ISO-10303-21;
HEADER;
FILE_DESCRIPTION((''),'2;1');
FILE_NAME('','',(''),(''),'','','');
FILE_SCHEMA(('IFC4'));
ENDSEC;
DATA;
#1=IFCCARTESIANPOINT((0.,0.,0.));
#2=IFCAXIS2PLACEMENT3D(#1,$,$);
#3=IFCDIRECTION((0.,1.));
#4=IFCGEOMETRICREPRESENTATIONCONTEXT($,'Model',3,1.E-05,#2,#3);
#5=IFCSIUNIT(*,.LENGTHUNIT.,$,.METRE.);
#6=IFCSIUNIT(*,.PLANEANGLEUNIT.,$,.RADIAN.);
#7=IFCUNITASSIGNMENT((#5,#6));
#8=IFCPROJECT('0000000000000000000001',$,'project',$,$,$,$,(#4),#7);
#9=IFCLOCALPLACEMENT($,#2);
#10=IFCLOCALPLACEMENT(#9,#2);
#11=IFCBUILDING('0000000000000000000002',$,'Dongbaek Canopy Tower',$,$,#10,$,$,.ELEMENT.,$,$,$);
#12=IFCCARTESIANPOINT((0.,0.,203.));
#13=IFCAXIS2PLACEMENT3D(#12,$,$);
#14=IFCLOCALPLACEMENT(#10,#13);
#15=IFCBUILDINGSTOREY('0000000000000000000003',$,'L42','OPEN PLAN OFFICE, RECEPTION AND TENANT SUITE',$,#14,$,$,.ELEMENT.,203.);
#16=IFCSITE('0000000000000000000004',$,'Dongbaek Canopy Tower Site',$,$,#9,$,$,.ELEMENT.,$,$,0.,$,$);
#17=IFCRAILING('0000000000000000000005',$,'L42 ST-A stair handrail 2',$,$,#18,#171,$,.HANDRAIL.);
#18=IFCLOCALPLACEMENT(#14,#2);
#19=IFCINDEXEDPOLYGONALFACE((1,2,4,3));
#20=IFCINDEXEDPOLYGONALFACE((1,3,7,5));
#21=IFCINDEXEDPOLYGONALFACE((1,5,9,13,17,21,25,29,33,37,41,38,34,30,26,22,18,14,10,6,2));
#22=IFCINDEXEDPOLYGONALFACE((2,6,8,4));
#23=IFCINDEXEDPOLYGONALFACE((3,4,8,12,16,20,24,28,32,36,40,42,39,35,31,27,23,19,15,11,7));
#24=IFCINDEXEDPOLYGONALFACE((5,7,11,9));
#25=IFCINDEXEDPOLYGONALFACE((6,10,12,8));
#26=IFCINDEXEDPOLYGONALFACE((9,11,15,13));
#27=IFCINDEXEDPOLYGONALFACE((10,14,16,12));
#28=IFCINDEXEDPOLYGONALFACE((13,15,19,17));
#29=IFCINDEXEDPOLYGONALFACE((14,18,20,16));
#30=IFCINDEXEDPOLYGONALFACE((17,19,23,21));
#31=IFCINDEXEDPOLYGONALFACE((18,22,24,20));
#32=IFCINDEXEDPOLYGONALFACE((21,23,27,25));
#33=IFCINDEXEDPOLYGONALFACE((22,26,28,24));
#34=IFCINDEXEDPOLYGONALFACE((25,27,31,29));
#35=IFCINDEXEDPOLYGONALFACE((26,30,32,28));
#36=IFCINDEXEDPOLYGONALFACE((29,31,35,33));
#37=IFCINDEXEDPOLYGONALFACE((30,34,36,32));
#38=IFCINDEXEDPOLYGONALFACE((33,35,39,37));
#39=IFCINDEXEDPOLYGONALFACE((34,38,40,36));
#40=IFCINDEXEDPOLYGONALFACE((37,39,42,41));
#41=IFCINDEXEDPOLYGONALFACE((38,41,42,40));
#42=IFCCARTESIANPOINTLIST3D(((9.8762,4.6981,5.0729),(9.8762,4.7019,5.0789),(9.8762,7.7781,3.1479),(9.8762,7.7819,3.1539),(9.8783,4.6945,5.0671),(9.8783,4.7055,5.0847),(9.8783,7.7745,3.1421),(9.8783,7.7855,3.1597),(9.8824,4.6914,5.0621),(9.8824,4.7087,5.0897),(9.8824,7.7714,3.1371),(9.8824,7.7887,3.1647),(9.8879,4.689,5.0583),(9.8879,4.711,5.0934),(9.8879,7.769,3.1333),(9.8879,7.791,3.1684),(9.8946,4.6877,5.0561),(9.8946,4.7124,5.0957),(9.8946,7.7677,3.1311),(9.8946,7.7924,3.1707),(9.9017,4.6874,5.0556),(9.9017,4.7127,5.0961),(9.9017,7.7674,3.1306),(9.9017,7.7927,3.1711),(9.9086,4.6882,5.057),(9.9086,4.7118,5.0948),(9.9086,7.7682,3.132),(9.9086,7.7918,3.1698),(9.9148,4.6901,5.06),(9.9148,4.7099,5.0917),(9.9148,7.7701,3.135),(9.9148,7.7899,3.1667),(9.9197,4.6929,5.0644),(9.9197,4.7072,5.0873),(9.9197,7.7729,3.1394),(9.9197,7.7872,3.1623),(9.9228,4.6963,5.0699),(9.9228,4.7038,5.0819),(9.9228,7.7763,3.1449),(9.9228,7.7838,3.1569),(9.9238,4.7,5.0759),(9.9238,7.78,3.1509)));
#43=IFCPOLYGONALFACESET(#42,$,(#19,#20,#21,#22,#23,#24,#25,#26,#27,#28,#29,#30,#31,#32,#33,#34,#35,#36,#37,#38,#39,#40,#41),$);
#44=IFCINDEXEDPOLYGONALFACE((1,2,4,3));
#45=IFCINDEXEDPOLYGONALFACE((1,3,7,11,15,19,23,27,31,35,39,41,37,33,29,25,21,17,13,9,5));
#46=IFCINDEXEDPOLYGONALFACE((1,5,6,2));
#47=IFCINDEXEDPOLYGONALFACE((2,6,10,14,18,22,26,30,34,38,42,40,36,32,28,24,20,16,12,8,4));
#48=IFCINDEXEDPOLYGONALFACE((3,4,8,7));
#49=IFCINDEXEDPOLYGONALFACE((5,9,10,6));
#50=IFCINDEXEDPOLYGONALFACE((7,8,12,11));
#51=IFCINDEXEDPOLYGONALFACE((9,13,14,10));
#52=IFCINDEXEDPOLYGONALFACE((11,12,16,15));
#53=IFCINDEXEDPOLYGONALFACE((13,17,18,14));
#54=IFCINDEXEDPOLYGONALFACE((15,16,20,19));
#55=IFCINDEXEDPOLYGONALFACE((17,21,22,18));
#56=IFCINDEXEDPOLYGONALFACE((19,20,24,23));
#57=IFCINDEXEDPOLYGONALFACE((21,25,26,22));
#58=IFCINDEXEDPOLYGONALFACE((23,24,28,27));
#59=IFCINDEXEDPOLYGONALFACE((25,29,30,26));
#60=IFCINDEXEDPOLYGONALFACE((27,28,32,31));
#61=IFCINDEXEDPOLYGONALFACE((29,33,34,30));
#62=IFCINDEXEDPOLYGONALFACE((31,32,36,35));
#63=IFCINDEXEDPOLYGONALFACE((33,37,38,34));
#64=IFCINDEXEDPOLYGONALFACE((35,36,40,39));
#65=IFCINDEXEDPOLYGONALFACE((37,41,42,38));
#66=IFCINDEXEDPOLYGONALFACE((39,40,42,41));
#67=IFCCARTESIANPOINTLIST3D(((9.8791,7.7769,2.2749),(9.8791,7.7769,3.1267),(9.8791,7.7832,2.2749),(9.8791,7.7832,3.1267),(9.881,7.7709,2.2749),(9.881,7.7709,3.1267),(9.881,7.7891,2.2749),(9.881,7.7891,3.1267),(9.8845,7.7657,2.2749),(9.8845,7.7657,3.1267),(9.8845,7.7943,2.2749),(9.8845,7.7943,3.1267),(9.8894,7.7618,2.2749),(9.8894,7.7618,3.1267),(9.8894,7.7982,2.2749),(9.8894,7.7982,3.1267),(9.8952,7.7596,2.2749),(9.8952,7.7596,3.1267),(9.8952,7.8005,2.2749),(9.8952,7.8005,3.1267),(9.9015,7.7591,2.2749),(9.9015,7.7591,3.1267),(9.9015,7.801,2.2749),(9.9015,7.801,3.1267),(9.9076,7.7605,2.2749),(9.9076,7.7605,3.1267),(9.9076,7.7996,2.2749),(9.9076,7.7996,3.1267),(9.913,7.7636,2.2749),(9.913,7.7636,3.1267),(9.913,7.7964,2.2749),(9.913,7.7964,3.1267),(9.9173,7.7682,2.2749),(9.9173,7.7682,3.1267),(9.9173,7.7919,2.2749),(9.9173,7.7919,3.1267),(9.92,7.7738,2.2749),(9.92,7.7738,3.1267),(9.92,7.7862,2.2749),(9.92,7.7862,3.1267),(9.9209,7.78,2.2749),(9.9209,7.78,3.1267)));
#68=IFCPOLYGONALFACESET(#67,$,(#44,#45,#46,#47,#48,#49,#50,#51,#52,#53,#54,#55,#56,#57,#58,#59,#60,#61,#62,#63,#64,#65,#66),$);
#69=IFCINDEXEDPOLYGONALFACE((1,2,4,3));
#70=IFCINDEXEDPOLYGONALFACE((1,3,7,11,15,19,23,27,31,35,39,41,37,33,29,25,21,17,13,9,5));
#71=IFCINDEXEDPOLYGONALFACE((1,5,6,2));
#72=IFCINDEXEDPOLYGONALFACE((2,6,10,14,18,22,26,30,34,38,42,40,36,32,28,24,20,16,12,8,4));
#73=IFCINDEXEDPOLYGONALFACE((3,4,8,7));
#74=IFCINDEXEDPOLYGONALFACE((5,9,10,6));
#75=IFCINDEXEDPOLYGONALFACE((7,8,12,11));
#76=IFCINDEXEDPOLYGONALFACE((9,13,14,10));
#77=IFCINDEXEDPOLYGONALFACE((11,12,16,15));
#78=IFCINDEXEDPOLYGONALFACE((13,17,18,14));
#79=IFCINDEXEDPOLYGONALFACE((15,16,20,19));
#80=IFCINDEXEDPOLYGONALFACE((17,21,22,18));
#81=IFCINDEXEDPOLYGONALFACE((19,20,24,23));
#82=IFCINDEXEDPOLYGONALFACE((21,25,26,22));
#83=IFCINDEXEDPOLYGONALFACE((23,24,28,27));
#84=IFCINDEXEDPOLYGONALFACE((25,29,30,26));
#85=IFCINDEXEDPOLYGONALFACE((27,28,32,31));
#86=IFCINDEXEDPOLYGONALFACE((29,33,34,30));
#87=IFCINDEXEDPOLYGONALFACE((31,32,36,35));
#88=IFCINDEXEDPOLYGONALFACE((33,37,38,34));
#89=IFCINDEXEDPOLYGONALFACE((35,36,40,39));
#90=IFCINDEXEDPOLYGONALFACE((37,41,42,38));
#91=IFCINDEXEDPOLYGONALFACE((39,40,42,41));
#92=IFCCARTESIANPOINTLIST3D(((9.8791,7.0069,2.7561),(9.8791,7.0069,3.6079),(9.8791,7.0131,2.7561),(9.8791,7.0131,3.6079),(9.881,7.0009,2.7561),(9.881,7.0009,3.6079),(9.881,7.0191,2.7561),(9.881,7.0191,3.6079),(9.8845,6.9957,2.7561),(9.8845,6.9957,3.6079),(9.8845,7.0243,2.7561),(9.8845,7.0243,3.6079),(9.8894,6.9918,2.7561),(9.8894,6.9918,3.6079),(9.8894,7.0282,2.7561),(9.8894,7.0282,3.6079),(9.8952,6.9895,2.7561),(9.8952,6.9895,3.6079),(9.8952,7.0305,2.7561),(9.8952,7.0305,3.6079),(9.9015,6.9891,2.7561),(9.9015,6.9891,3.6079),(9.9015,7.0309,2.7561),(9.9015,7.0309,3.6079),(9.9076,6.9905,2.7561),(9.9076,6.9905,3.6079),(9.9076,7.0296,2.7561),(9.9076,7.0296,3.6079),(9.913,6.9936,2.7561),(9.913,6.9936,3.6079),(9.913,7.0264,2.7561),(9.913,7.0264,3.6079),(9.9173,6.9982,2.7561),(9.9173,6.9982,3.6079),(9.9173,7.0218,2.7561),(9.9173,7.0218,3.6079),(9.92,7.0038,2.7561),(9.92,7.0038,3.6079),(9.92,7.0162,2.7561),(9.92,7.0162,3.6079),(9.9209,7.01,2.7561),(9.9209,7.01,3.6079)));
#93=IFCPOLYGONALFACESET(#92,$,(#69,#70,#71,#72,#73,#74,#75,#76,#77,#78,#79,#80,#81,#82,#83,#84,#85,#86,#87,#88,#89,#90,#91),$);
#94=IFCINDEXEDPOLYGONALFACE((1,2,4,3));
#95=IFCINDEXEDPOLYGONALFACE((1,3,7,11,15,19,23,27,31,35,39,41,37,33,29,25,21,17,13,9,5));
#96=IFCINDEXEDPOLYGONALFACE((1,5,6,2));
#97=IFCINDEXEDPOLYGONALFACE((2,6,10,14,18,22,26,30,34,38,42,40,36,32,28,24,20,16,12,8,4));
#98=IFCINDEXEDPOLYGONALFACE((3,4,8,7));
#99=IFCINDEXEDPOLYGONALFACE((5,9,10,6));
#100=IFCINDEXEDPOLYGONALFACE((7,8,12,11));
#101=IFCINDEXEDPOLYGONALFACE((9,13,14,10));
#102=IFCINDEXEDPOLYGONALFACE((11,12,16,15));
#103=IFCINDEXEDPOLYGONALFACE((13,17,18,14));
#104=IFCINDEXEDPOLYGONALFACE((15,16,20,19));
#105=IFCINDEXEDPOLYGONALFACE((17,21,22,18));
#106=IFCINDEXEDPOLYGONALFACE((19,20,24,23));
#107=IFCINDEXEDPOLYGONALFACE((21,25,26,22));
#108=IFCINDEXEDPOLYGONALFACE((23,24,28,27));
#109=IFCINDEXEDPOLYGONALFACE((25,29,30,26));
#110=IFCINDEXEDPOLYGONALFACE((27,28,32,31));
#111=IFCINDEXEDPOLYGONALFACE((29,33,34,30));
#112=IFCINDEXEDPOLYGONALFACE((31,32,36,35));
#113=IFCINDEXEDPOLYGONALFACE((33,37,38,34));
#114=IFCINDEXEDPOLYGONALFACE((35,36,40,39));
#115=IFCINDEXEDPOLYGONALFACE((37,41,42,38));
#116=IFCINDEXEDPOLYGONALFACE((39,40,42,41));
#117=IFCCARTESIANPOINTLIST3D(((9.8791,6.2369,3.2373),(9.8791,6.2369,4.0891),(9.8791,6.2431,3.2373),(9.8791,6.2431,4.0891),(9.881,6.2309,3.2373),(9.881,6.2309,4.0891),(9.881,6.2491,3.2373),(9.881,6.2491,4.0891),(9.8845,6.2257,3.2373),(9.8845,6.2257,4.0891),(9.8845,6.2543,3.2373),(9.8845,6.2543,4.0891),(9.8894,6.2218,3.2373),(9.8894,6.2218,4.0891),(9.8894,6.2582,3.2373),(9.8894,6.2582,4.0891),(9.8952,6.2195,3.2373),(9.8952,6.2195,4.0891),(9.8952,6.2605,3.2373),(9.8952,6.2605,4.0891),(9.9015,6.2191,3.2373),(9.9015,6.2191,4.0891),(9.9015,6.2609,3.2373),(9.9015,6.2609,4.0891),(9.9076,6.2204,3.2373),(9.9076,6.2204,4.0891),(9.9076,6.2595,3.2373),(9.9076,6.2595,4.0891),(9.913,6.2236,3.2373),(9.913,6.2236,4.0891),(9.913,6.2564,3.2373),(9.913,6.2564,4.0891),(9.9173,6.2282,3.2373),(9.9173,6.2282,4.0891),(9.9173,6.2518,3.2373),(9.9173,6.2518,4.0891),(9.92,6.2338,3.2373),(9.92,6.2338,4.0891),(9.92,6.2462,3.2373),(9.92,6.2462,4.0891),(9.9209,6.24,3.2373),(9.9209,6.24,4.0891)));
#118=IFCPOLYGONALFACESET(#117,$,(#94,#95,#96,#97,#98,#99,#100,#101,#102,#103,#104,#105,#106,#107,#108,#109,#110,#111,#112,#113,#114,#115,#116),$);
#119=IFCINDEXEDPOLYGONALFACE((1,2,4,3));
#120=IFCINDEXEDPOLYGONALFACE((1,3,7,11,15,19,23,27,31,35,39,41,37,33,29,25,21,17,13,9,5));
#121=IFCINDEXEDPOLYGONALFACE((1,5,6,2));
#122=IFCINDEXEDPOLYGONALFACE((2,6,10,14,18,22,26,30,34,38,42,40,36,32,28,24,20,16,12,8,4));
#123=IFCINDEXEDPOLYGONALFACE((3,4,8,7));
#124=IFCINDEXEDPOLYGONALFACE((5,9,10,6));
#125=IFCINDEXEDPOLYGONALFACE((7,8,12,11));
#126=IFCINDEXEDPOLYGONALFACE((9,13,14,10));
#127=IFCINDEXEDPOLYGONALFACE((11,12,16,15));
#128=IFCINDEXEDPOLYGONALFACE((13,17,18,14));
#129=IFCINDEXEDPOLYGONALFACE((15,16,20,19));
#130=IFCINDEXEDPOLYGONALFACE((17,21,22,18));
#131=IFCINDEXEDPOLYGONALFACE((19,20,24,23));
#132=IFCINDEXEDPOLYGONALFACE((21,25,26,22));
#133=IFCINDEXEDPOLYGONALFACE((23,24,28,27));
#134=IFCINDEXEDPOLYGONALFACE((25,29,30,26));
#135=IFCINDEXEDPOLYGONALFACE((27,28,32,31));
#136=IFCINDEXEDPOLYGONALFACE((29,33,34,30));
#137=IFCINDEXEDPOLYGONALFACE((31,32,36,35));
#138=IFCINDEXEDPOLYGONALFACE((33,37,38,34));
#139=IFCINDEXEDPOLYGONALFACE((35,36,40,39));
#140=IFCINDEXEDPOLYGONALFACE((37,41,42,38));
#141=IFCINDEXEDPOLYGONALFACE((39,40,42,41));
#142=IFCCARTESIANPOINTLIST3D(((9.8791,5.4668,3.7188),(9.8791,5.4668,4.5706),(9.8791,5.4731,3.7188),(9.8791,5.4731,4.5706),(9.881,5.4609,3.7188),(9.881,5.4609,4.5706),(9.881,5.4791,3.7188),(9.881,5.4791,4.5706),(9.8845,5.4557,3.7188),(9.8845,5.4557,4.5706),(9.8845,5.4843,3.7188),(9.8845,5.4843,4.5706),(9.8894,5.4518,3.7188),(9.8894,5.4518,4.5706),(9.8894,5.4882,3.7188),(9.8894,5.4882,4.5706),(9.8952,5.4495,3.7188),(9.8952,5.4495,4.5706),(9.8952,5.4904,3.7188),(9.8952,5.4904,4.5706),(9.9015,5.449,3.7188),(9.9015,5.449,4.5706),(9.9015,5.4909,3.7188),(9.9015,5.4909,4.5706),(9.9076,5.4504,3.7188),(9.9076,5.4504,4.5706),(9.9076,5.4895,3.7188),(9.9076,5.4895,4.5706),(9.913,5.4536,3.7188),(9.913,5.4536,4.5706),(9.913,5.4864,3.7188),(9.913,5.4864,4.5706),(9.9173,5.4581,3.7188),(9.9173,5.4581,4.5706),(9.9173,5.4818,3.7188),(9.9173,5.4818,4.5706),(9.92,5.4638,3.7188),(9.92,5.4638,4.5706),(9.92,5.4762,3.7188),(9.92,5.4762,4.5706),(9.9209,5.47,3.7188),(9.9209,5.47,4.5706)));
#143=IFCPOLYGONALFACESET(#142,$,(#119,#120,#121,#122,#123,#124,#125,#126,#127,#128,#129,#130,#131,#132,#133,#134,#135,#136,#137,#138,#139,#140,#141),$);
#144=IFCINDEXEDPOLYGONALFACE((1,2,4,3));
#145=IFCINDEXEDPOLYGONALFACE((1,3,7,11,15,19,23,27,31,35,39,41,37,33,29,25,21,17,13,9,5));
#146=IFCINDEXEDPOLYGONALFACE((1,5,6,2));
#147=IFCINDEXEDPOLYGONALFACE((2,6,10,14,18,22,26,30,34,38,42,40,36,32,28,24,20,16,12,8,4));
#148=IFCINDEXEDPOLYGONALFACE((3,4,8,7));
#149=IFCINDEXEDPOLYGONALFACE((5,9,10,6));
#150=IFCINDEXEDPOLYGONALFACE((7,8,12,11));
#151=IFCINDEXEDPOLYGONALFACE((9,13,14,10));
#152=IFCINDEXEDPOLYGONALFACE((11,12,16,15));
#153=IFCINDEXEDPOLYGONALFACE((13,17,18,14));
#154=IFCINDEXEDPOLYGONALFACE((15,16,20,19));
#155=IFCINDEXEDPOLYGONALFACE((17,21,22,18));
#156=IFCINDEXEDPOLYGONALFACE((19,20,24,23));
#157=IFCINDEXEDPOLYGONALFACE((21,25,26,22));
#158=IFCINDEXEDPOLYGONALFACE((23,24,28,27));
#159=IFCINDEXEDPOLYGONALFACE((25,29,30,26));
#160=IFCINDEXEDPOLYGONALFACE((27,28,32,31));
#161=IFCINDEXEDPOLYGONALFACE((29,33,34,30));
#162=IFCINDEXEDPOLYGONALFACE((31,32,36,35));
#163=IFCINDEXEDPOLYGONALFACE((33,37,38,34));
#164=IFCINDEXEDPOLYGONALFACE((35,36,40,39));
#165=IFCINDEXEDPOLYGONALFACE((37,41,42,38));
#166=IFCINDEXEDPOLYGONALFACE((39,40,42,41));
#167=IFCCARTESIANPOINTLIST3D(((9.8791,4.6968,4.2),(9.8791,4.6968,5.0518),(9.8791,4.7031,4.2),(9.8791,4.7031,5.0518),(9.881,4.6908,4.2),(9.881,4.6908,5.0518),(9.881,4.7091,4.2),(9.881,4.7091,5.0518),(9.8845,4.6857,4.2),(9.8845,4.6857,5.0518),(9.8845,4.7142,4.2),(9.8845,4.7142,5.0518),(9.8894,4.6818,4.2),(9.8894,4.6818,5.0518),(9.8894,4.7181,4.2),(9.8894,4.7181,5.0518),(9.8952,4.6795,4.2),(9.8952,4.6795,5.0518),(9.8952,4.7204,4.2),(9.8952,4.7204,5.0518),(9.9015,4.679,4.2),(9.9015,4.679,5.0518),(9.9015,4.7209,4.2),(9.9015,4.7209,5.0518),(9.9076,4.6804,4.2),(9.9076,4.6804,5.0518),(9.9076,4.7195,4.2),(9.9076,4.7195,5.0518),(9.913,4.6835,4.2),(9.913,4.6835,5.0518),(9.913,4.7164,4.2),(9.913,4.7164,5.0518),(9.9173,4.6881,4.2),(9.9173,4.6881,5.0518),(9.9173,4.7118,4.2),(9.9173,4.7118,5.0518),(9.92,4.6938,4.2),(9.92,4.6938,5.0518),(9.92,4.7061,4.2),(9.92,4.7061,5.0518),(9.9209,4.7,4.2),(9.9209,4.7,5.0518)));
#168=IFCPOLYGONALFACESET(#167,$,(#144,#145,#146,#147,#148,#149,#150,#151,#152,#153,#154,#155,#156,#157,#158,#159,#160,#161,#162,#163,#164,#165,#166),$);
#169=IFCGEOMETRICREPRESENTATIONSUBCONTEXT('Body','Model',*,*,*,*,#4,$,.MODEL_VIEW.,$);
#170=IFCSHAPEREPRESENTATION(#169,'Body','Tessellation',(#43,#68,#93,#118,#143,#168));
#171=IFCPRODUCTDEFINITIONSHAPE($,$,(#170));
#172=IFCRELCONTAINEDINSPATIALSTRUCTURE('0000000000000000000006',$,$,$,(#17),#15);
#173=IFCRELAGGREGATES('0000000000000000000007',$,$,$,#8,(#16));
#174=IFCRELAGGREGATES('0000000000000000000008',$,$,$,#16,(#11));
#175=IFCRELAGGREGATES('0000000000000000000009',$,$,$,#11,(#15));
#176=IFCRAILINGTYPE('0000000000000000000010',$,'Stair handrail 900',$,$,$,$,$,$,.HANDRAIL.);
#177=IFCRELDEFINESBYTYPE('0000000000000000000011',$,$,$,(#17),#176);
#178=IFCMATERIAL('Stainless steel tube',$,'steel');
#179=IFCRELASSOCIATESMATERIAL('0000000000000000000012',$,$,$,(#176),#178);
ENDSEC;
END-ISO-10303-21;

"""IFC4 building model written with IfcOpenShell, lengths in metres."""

from ifc_helpers import new_model, si_unit, direction, frame, origin, origin_2d, place, context, subcontext, project, spatial, circle, extrude, material, type_object, element, save


model = new_model("IFC4")

# Units and contexts
model_context = context("Model", 3, precision=1e-05, world=origin(), true_north=direction((0.0, 1.0)))
body_context = subcontext(model_context, "Body", "Model", "MODEL_VIEW")
ifc_project = project(units=[si_unit("LENGTHUNIT", "METRE"), si_unit("PLANEANGLEUNIT", "RADIAN")], contexts=[model_context])

# Site, building, storey
site_placement = place(None, origin())
site = spatial("IfcSite", under=ifc_project, at=site_placement, Name="Dongbaek Canopy Tower Site", CompositionType="ELEMENT", RefElevation=0.0)
building_placement = place(site_placement, origin())
building = spatial("IfcBuilding", under=site, at=building_placement, Name="Dongbaek Canopy Tower", CompositionType="ELEMENT")
storey_placement = place(building_placement, frame((0.0, 0.0, 203.0)))
storey = spatial("IfcBuildingStorey", under=building, at=storey_placement, Name="L42", Description="OPEN PLAN OFFICE, RECEPTION AND TENANT SUITE", CompositionType="ELEMENT", Elevation=203.0)

# Railing
ifc_material_1 = material(Name="Stainless steel tube", Category="steel")
railing_type_1 = type_object("IfcRailingType", Name="Stair handrail 900", PredefinedType="HANDRAIL", material=ifc_material_1)
railing_1_placement = place(storey_placement, frame((9.8999, 7.78, 2.2749)))
element("IfcRailing", 1, at=railing_1_placement, inside=storey, type_object=railing_type_1, Name="L42 ST-A stair handrail 2", PredefinedType="HANDRAIL", context=body_context, shape_type="SweptSolid", body=[
    extrude(circle(Radius=0.0239, at=origin_2d()), frame((0.0, 0.0, 0.876), z_axis=(0.0, -0.847998, 0.529999), x_axis=(1.0, 0.0, 0.0)), (0.0, 0.0, 1.0), 3.6321),
    extrude(circle(Radius=0.021, at=origin_2d()), origin(), (0.0, 0.0, 1.0), 0.8518),
    extrude(circle(Radius=0.021, at=origin_2d()), frame((0.0, -0.77, 0.4812)), (0.0, 0.0, 1.0), 0.8518),
    extrude(circle(Radius=0.021, at=origin_2d()), frame((0.0, -1.54, 0.9624)), (0.0, 0.0, 1.0), 0.8518),
    extrude(circle(Radius=0.021, at=origin_2d()), frame((0.0, -2.3101, 1.4438)), (0.0, 0.0, 1.0), 0.8518),
    extrude(circle(Radius=0.021, at=origin_2d()), frame((0.0, -3.0801, 1.925)), (0.0, 0.0, 1.0), 0.8518),
])

save(model, "model.ifc")
